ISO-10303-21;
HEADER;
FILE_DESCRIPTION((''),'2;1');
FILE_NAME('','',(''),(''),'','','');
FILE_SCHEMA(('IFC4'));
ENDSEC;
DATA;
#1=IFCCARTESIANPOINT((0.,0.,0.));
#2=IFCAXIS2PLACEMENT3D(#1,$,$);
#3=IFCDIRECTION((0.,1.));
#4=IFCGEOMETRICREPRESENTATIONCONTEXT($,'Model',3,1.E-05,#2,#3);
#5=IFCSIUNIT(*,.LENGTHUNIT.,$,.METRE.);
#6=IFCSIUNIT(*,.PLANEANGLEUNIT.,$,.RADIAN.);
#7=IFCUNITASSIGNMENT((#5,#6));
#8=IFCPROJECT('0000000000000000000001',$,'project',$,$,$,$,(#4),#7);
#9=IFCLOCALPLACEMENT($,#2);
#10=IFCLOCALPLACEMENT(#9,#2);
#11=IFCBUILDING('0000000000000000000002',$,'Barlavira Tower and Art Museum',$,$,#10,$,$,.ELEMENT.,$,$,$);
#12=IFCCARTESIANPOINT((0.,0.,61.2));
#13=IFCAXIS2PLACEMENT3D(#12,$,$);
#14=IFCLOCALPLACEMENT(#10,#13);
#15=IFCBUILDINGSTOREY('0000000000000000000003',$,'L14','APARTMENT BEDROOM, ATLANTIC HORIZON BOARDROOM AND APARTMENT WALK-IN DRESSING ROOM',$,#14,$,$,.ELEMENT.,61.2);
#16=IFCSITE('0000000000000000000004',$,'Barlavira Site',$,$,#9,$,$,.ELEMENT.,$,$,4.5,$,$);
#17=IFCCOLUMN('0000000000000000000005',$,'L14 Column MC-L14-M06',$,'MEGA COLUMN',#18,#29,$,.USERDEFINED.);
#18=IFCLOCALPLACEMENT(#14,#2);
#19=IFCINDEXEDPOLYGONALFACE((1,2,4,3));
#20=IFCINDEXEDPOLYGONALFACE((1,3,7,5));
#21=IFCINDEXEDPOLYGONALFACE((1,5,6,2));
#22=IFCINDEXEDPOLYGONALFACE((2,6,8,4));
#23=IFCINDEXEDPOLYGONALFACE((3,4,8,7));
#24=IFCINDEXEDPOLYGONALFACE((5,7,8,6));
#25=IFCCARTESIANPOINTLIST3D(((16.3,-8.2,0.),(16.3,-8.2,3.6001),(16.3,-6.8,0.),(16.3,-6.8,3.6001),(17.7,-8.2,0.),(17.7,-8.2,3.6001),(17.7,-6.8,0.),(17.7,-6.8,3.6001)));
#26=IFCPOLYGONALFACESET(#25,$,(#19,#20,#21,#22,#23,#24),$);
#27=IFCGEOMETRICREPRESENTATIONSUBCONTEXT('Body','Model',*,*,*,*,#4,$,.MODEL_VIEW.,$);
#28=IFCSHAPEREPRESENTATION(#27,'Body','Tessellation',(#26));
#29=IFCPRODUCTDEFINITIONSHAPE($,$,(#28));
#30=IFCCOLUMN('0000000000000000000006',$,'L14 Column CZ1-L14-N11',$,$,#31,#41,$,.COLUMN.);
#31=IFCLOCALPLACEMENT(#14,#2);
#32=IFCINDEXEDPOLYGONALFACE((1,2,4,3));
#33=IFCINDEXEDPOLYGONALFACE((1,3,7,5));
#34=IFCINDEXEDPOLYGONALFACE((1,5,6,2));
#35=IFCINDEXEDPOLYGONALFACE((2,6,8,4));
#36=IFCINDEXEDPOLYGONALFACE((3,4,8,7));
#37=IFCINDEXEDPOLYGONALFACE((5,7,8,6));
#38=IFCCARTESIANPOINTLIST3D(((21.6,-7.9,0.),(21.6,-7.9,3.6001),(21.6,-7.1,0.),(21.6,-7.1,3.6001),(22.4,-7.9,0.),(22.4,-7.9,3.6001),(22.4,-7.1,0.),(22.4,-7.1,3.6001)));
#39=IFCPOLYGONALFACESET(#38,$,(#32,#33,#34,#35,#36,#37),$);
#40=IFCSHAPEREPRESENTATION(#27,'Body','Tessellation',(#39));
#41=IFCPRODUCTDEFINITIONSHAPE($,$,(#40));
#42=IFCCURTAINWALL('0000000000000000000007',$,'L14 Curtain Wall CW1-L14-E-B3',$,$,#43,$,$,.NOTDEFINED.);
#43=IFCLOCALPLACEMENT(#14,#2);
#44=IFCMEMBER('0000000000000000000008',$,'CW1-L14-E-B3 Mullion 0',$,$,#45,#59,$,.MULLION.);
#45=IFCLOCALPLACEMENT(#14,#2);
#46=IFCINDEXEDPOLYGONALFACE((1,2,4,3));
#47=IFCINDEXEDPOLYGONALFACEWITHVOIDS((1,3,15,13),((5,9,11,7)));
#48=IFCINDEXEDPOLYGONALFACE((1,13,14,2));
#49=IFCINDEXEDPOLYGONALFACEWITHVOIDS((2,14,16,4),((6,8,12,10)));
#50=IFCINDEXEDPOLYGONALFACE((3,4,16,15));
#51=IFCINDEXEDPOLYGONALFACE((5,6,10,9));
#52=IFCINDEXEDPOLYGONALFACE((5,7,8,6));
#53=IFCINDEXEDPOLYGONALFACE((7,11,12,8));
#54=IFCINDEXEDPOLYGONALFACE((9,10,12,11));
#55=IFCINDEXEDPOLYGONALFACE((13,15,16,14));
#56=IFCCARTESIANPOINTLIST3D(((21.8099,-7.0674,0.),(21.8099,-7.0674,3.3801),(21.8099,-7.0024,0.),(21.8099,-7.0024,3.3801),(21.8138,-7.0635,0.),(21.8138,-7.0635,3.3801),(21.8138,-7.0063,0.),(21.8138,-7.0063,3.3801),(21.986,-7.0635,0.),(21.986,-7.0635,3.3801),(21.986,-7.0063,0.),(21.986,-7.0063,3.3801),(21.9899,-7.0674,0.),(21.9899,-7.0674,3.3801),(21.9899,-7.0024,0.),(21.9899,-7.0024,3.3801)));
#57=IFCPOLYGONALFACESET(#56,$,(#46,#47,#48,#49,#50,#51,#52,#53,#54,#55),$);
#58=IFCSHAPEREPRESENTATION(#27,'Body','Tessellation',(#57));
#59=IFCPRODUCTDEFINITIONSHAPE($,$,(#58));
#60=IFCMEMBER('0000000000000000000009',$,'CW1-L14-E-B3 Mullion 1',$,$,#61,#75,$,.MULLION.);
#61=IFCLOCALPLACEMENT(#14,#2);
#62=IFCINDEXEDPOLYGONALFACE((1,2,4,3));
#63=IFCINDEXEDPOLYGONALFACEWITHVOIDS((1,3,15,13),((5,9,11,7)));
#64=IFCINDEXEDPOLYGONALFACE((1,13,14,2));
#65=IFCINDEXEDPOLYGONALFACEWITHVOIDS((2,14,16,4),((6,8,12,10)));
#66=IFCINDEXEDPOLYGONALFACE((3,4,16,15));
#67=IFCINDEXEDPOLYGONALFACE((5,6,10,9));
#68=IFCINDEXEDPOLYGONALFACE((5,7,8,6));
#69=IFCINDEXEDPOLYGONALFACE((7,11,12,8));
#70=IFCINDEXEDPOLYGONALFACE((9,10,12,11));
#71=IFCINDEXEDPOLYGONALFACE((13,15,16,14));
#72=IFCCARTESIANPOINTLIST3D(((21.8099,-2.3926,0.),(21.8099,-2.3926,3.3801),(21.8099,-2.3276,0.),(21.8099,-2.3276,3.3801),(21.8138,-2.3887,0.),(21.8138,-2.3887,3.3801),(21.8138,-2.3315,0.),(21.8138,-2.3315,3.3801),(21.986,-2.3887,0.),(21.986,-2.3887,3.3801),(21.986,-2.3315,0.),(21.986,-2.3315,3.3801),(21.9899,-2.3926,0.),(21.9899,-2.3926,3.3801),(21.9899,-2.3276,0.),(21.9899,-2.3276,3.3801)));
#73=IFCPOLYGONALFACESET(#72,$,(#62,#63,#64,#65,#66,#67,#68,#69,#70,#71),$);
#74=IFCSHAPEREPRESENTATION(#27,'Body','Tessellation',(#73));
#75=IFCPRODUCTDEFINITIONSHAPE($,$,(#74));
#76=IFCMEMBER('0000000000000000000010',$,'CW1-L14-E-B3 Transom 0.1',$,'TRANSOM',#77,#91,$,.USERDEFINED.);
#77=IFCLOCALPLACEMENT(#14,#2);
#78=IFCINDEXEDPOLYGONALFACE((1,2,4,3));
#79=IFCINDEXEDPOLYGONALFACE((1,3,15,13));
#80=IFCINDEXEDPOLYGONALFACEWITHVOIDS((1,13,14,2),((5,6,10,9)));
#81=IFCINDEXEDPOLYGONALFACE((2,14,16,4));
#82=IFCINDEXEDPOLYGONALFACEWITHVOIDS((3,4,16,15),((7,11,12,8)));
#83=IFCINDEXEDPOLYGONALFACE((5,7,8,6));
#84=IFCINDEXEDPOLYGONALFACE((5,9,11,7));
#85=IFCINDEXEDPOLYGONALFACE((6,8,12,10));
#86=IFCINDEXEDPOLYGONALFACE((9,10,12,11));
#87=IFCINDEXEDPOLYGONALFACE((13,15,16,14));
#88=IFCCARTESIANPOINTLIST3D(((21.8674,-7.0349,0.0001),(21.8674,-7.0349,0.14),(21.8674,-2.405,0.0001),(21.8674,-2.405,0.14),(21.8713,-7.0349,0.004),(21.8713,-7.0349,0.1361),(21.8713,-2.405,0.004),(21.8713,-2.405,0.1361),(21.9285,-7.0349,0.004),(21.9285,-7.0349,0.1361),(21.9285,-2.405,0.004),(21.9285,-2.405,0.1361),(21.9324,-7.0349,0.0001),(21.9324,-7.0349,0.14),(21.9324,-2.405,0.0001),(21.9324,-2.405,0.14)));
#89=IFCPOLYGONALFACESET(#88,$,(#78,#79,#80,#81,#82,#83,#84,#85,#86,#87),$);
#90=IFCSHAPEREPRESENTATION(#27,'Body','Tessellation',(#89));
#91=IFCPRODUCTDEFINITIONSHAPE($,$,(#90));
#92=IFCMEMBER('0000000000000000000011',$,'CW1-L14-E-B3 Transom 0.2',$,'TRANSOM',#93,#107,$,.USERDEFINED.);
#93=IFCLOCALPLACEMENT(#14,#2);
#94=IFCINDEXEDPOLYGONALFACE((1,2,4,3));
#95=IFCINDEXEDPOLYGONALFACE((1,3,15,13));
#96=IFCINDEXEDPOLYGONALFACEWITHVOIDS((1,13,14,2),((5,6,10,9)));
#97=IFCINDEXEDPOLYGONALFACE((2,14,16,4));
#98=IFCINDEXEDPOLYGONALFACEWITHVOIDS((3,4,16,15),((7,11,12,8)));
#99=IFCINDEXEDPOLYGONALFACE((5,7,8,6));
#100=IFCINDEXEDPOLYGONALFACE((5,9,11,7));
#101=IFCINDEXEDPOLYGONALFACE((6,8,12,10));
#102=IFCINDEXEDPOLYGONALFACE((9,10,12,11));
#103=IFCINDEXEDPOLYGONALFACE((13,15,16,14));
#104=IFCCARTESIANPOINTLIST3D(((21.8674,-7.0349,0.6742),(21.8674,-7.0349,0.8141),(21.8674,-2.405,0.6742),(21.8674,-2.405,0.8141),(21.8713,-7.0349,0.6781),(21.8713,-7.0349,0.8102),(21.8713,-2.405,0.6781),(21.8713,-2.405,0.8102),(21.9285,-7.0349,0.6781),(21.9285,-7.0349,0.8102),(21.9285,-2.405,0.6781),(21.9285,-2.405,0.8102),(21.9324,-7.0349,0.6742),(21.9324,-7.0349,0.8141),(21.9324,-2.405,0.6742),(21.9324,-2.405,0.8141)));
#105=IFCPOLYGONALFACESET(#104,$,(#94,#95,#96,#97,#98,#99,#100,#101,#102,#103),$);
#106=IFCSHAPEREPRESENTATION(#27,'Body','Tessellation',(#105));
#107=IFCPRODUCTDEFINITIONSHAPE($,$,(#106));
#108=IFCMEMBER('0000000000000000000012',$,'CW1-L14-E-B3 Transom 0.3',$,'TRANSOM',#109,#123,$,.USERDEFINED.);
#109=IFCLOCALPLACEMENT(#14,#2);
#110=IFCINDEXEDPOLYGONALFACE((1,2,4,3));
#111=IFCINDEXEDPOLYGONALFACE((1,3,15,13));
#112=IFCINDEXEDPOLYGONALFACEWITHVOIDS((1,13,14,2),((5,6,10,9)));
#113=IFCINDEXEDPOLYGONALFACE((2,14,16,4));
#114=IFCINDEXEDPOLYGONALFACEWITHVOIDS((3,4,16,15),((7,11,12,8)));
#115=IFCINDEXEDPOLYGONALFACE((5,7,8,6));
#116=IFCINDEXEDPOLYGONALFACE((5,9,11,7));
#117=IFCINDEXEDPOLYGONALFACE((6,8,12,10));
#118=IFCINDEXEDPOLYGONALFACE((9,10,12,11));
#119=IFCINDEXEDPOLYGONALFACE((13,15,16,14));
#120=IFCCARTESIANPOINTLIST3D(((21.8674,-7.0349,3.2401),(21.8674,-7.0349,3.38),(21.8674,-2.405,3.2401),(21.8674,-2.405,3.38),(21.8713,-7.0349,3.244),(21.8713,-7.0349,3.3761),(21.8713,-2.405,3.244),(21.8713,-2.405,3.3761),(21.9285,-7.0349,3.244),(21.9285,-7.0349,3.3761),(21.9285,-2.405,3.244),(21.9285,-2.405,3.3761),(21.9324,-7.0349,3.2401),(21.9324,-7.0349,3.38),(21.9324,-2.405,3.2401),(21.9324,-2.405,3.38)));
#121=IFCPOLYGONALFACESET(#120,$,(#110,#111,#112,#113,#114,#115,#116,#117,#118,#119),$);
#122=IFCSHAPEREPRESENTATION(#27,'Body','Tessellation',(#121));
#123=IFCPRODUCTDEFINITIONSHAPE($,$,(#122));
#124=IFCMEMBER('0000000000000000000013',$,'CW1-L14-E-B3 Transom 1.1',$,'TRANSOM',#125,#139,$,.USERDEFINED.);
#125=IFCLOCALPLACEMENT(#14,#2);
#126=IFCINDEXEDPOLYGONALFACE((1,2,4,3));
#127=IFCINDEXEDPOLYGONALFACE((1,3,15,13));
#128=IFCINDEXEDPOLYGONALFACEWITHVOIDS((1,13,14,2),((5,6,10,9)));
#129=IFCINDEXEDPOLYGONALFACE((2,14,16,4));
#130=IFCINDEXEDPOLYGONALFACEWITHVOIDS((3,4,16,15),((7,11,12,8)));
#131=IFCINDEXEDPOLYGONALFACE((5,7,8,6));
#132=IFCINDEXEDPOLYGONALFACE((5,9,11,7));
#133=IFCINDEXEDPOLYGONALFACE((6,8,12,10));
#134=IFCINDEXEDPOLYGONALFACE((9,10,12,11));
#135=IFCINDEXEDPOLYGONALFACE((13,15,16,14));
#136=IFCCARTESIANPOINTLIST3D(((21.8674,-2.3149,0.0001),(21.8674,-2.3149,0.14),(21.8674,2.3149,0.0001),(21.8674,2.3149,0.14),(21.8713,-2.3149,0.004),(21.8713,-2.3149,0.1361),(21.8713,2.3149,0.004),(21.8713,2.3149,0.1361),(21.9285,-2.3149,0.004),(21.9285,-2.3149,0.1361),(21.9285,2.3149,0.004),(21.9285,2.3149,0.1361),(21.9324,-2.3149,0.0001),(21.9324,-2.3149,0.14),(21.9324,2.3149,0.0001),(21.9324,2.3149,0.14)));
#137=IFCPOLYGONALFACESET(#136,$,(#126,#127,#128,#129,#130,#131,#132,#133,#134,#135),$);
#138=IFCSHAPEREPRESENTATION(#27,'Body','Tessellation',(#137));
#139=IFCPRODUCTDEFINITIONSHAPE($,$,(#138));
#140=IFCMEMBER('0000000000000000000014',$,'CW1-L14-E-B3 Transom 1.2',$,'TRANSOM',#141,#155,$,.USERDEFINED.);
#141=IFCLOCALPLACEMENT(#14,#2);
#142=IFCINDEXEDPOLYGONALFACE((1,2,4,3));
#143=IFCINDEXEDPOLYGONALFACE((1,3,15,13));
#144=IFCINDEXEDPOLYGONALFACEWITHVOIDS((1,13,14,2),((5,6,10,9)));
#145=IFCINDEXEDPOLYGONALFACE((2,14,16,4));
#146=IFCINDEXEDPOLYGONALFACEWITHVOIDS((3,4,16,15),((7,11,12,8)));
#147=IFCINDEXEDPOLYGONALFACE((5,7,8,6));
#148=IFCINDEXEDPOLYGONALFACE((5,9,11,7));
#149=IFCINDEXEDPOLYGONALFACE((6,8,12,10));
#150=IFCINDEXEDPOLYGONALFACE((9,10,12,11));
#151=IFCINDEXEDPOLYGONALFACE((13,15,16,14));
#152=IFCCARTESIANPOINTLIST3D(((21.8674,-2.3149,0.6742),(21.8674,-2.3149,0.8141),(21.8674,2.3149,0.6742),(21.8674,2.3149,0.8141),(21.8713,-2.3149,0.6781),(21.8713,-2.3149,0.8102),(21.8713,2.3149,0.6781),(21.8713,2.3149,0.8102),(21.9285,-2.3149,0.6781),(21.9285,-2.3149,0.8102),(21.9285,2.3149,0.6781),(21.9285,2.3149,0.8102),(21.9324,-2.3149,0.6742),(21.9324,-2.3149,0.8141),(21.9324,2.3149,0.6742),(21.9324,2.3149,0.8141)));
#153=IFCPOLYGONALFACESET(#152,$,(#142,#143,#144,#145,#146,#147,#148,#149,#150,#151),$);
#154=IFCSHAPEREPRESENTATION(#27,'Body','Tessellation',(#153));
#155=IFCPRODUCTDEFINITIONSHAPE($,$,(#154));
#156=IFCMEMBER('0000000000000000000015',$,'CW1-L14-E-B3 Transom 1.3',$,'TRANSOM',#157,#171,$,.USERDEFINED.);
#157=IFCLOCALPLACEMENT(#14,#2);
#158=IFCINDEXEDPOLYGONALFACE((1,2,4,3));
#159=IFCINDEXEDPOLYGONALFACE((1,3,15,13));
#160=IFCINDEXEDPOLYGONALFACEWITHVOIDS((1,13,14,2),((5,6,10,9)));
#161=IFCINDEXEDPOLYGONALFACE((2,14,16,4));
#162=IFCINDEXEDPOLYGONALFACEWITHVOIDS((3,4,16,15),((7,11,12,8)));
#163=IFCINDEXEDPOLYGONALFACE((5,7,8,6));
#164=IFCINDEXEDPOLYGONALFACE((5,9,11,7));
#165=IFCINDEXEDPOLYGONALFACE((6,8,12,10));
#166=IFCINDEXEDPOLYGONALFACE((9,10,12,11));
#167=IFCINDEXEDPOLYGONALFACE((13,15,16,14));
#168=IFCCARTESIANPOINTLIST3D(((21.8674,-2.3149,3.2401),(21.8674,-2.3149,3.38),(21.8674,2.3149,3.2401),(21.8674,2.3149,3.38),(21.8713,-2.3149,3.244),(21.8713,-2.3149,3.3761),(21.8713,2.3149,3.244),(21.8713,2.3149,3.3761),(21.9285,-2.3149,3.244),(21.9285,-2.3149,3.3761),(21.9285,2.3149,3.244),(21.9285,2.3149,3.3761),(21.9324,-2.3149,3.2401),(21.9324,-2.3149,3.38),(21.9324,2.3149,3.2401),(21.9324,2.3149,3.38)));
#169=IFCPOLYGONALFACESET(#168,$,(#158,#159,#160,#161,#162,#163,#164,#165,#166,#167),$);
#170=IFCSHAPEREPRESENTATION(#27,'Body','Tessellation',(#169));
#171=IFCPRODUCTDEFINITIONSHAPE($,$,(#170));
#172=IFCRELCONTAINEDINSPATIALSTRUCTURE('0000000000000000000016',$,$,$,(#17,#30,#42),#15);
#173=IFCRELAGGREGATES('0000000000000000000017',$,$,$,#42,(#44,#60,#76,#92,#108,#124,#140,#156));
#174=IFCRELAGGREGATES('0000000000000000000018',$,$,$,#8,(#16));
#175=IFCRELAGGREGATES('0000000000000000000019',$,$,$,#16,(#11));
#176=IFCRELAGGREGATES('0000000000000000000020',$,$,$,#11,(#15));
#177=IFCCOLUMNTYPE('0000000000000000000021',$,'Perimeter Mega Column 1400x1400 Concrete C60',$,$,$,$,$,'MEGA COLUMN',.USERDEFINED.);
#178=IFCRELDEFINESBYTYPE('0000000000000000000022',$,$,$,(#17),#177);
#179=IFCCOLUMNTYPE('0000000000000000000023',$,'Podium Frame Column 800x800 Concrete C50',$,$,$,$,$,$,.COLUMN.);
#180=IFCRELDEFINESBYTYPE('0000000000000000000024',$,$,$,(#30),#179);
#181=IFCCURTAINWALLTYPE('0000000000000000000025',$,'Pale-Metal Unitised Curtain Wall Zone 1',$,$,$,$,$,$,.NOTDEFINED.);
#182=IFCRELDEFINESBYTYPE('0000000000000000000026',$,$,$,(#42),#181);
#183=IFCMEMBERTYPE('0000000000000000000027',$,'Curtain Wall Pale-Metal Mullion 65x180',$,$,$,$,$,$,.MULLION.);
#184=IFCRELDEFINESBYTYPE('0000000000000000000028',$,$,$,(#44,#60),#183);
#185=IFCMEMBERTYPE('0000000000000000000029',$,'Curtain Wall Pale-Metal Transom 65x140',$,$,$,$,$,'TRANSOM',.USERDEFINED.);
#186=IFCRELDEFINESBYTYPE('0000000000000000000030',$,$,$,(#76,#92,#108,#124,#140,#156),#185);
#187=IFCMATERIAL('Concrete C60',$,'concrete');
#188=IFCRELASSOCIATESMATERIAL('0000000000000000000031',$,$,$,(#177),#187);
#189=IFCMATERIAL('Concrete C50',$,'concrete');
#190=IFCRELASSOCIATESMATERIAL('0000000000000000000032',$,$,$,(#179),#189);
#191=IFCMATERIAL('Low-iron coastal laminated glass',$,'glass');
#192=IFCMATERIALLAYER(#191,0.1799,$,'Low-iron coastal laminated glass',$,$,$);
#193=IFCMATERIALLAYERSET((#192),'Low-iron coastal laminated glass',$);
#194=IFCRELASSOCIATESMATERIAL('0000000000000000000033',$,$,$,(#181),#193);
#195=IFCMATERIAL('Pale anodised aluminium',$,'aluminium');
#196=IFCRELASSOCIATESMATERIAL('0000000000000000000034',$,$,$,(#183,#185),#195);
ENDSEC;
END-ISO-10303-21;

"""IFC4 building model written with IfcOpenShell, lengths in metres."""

from ifc_helpers import new_model, si_unit, direction, frame, origin, origin_2d, place, context, subcontext, project, spatial, rectangle, hollow_rectangle, extrude, material, layer, layer_set, material_profile, profile_set, type_object, element, aggregate, save


model = new_model("IFC4")

# Units and contexts
model_context = context("Model", 3, precision=1e-05, world=origin(), true_north=direction((0.0, 1.0)))
body_context = subcontext(model_context, "Body", "Model", "MODEL_VIEW")
ifc_project = project(units=[si_unit("LENGTHUNIT", "METRE"), si_unit("PLANEANGLEUNIT", "RADIAN")], contexts=[model_context])

# Site, building, storey
site_placement = place(None, origin())
site = spatial("IfcSite", under=ifc_project, at=site_placement, Name="Barlavira Site", CompositionType="ELEMENT", RefElevation=4.5)
building_placement = place(site_placement, origin())
building = spatial("IfcBuilding", under=site, at=building_placement, Name="Barlavira Tower and Art Museum", CompositionType="ELEMENT")
storey_placement = place(building_placement, frame((0.0, 0.0, 61.2)))
storey = spatial("IfcBuildingStorey", under=building, at=storey_placement, Name="L14", Description="APARTMENT BEDROOM, ATLANTIC HORIZON BOARDROOM AND APARTMENT WALK-IN DRESSING ROOM", CompositionType="ELEMENT", Elevation=61.2)

# Columns
ifc_material_1 = material(Name="Concrete C60", Category="concrete")
ifc_material_profile_1 = material_profile(ifc_material_1, rectangle(XDim=1.3999, YDim=1.3999, at=origin_2d()), Name="RC-MCOL 1400x1400")
ifc_profile_set_1 = profile_set([ifc_material_profile_1], Name="Concrete C60")
column_type_1 = type_object("IfcColumnType", Name="Perimeter Mega Column 1400x1400 Concrete C60", ElementType="MEGA COLUMN", PredefinedType="USERDEFINED", material=ifc_profile_set_1)
column_1_placement = place(storey_placement, frame((17.0, -7.5, 0.0), z_axis=(0.0, 0.0, 1.0), x_axis=(1.0, 0.0, 0.0)))
element("IfcColumn", 1, at=column_1_placement, inside=storey, type_object=column_type_1, Name="L14 Column MC-L14-M06", ObjectType="MEGA COLUMN", PredefinedType="USERDEFINED", context=body_context, shape_type="SweptSolid", body=[
    extrude(rectangle(XDim=1.3999, YDim=1.3999, at=origin_2d()), origin(), (0.0, 0.0, 1.0), 3.6001),
])
ifc_material_2 = material(Name="Concrete C50", Category="concrete")
ifc_material_profile_2 = material_profile(ifc_material_2, rectangle(XDim=0.8, YDim=0.8, at=origin_2d()), Name="RC-COL 800x800")
ifc_profile_set_2 = profile_set([ifc_material_profile_2], Name="Concrete C50")
column_type_2 = type_object("IfcColumnType", Name="Podium Frame Column 800x800 Concrete C50", PredefinedType="COLUMN", material=ifc_profile_set_2)
column_2_placement = place(storey_placement, frame((22.0, -7.5, 0.0), z_axis=(0.0, 0.0, 1.0), x_axis=(1.0, 0.0, 0.0)))
element("IfcColumn", 2, at=column_2_placement, inside=storey, type_object=column_type_2, Name="L14 Column CZ1-L14-N11", PredefinedType="COLUMN", context=body_context, shape_type="SweptSolid", body=[
    extrude(rectangle(XDim=0.8, YDim=0.8, at=origin_2d()), origin(), (0.0, 0.0, 1.0), 3.6001),
])

# Curtain wall, members
ifc_material_3 = material(Name="Low-iron coastal laminated glass", Category="glass")
ifc_layer_1 = layer(ifc_material_3, 0.1799, Name="Low-iron coastal laminated glass")
ifc_layer_set_1 = layer_set([ifc_layer_1], Name="Low-iron coastal laminated glass")
curtain_wall_type = type_object("IfcCurtainWallType", Name="Pale-Metal Unitised Curtain Wall Zone 1", PredefinedType="NOTDEFINED", material=ifc_layer_set_1)
curtain_wall_placement = place(storey_placement, origin())
curtain_wall = element("IfcCurtainWall", 3, at=curtain_wall_placement, inside=storey, type_object=curtain_wall_type, Name="L14 Curtain Wall CW1-L14-E-B3", PredefinedType="NOTDEFINED")
ifc_material_4 = material(Name="Pale anodised aluminium", Category="aluminium")
ifc_material_profile_3 = material_profile(ifc_material_4, hollow_rectangle(XDim=0.0649, YDim=0.1799, WallThickness=0.0039, at=origin_2d()), Name="ALU-MULL 65x180x4")
ifc_profile_set_3 = profile_set([ifc_material_profile_3], Name="Pale anodised aluminium")
member_type_1 = type_object("IfcMemberType", Name="Curtain Wall Pale-Metal Mullion 65x180", PredefinedType="MULLION", material=ifc_profile_set_3)
member_1_placement = place(storey_placement, frame((21.8999, -7.0349, 0.0), z_axis=(0.0, 0.0, 1.0), x_axis=(0.0, 1.0, 0.0)))
member_1 = element("IfcMember", 4, at=member_1_placement, type_object=member_type_1, Name="CW1-L14-E-B3 Mullion 0", PredefinedType="MULLION", context=body_context, shape_type="SweptSolid", body=[
    extrude(hollow_rectangle(XDim=0.0649, YDim=0.1799, WallThickness=0.0039, at=origin_2d()), origin(), (0.0, 0.0, 1.0), 3.3801),
])
member_2_placement = place(storey_placement, frame((21.8999, -2.3601, 0.0), z_axis=(0.0, 0.0, 1.0), x_axis=(0.0, 1.0, 0.0)))
member_2 = element("IfcMember", 5, at=member_2_placement, type_object=member_type_1, Name="CW1-L14-E-B3 Mullion 1", PredefinedType="MULLION", context=body_context, shape_type="SweptSolid", body=[
    extrude(hollow_rectangle(XDim=0.0649, YDim=0.1799, WallThickness=0.0039, at=origin_2d()), origin(), (0.0, 0.0, 1.0), 3.3801),
])
ifc_material_profile_4 = material_profile(ifc_material_4, hollow_rectangle(XDim=0.0649, YDim=0.1399, WallThickness=0.0039, at=origin_2d()), Name="ALU-TRAN 65x140x4")
ifc_profile_set_4 = profile_set([ifc_material_profile_4], Name="Pale anodised aluminium")
member_type_2 = type_object("IfcMemberType", Name="Curtain Wall Pale-Metal Transom 65x140", ElementType="TRANSOM", PredefinedType="USERDEFINED", material=ifc_profile_set_4)
member_3_placement = place(storey_placement, frame((21.8999, -7.0349, 0.0701), z_axis=(0.0, 1.0, 0.0), x_axis=(-1.0, 0.0, 0.0)))
member_3 = element("IfcMember", 6, at=member_3_placement, type_object=member_type_2, Name="CW1-L14-E-B3 Transom 0.1", ObjectType="TRANSOM", PredefinedType="USERDEFINED", context=body_context, shape_type="SweptSolid", body=[
    extrude(hollow_rectangle(XDim=0.0649, YDim=0.1399, WallThickness=0.0039, at=origin_2d()), origin(), (0.0, 0.0, 1.0), 4.6299),
])
member_4_placement = place(storey_placement, frame((21.8999, -7.0349, 0.7441), z_axis=(0.0, 1.0, 0.0), x_axis=(-1.0, 0.0, 0.0)))
member_4 = element("IfcMember", 7, at=member_4_placement, type_object=member_type_2, Name="CW1-L14-E-B3 Transom 0.2", ObjectType="TRANSOM", PredefinedType="USERDEFINED", context=body_context, shape_type="SweptSolid", body=[
    extrude(hollow_rectangle(XDim=0.0649, YDim=0.1399, WallThickness=0.0039, at=origin_2d()), origin(), (0.0, 0.0, 1.0), 4.6299),
])
member_5_placement = place(storey_placement, frame((21.8999, -7.0349, 3.3101), z_axis=(0.0, 1.0, 0.0), x_axis=(-1.0, 0.0, 0.0)))
member_5 = element("IfcMember", 8, at=member_5_placement, type_object=member_type_2, Name="CW1-L14-E-B3 Transom 0.3", ObjectType="TRANSOM", PredefinedType="USERDEFINED", context=body_context, shape_type="SweptSolid", body=[
    extrude(hollow_rectangle(XDim=0.0649, YDim=0.1399, WallThickness=0.0039, at=origin_2d()), origin(), (0.0, 0.0, 1.0), 4.6299),
])
member_6_placement = place(storey_placement, frame((21.8999, -2.3149, 0.0701), z_axis=(0.0, 1.0, 0.0), x_axis=(-1.0, 0.0, 0.0)))
member_6 = element("IfcMember", 9, at=member_6_placement, type_object=member_type_2, Name="CW1-L14-E-B3 Transom 1.1", ObjectType="TRANSOM", PredefinedType="USERDEFINED", context=body_context, shape_type="SweptSolid", body=[
    extrude(hollow_rectangle(XDim=0.0649, YDim=0.1399, WallThickness=0.0039, at=origin_2d()), origin(), (0.0, 0.0, 1.0), 4.6299),
])
member_7_placement = place(storey_placement, frame((21.8999, -2.3149, 0.7441), z_axis=(0.0, 1.0, 0.0), x_axis=(-1.0, 0.0, 0.0)))
member_7 = element("IfcMember", 10, at=member_7_placement, type_object=member_type_2, Name="CW1-L14-E-B3 Transom 1.2", ObjectType="TRANSOM", PredefinedType="USERDEFINED", context=body_context, shape_type="SweptSolid", body=[
    extrude(hollow_rectangle(XDim=0.0649, YDim=0.1399, WallThickness=0.0039, at=origin_2d()), origin(), (0.0, 0.0, 1.0), 4.6299),
])
member_8_placement = place(storey_placement, frame((21.8999, -2.3149, 3.3101), z_axis=(0.0, 1.0, 0.0), x_axis=(-1.0, 0.0, 0.0)))
member_8 = element("IfcMember", 11, at=member_8_placement, type_object=member_type_2, Name="CW1-L14-E-B3 Transom 1.3", ObjectType="TRANSOM", PredefinedType="USERDEFINED", context=body_context, shape_type="SweptSolid", body=[
    extrude(hollow_rectangle(XDim=0.0649, YDim=0.1399, WallThickness=0.0039, at=origin_2d()), origin(), (0.0, 0.0, 1.0), 4.6299),
])

aggregate(curtain_wall, [member_1, member_2, member_3, member_4, member_5, member_6, member_7, member_8])

save(model, "model.ifc")
